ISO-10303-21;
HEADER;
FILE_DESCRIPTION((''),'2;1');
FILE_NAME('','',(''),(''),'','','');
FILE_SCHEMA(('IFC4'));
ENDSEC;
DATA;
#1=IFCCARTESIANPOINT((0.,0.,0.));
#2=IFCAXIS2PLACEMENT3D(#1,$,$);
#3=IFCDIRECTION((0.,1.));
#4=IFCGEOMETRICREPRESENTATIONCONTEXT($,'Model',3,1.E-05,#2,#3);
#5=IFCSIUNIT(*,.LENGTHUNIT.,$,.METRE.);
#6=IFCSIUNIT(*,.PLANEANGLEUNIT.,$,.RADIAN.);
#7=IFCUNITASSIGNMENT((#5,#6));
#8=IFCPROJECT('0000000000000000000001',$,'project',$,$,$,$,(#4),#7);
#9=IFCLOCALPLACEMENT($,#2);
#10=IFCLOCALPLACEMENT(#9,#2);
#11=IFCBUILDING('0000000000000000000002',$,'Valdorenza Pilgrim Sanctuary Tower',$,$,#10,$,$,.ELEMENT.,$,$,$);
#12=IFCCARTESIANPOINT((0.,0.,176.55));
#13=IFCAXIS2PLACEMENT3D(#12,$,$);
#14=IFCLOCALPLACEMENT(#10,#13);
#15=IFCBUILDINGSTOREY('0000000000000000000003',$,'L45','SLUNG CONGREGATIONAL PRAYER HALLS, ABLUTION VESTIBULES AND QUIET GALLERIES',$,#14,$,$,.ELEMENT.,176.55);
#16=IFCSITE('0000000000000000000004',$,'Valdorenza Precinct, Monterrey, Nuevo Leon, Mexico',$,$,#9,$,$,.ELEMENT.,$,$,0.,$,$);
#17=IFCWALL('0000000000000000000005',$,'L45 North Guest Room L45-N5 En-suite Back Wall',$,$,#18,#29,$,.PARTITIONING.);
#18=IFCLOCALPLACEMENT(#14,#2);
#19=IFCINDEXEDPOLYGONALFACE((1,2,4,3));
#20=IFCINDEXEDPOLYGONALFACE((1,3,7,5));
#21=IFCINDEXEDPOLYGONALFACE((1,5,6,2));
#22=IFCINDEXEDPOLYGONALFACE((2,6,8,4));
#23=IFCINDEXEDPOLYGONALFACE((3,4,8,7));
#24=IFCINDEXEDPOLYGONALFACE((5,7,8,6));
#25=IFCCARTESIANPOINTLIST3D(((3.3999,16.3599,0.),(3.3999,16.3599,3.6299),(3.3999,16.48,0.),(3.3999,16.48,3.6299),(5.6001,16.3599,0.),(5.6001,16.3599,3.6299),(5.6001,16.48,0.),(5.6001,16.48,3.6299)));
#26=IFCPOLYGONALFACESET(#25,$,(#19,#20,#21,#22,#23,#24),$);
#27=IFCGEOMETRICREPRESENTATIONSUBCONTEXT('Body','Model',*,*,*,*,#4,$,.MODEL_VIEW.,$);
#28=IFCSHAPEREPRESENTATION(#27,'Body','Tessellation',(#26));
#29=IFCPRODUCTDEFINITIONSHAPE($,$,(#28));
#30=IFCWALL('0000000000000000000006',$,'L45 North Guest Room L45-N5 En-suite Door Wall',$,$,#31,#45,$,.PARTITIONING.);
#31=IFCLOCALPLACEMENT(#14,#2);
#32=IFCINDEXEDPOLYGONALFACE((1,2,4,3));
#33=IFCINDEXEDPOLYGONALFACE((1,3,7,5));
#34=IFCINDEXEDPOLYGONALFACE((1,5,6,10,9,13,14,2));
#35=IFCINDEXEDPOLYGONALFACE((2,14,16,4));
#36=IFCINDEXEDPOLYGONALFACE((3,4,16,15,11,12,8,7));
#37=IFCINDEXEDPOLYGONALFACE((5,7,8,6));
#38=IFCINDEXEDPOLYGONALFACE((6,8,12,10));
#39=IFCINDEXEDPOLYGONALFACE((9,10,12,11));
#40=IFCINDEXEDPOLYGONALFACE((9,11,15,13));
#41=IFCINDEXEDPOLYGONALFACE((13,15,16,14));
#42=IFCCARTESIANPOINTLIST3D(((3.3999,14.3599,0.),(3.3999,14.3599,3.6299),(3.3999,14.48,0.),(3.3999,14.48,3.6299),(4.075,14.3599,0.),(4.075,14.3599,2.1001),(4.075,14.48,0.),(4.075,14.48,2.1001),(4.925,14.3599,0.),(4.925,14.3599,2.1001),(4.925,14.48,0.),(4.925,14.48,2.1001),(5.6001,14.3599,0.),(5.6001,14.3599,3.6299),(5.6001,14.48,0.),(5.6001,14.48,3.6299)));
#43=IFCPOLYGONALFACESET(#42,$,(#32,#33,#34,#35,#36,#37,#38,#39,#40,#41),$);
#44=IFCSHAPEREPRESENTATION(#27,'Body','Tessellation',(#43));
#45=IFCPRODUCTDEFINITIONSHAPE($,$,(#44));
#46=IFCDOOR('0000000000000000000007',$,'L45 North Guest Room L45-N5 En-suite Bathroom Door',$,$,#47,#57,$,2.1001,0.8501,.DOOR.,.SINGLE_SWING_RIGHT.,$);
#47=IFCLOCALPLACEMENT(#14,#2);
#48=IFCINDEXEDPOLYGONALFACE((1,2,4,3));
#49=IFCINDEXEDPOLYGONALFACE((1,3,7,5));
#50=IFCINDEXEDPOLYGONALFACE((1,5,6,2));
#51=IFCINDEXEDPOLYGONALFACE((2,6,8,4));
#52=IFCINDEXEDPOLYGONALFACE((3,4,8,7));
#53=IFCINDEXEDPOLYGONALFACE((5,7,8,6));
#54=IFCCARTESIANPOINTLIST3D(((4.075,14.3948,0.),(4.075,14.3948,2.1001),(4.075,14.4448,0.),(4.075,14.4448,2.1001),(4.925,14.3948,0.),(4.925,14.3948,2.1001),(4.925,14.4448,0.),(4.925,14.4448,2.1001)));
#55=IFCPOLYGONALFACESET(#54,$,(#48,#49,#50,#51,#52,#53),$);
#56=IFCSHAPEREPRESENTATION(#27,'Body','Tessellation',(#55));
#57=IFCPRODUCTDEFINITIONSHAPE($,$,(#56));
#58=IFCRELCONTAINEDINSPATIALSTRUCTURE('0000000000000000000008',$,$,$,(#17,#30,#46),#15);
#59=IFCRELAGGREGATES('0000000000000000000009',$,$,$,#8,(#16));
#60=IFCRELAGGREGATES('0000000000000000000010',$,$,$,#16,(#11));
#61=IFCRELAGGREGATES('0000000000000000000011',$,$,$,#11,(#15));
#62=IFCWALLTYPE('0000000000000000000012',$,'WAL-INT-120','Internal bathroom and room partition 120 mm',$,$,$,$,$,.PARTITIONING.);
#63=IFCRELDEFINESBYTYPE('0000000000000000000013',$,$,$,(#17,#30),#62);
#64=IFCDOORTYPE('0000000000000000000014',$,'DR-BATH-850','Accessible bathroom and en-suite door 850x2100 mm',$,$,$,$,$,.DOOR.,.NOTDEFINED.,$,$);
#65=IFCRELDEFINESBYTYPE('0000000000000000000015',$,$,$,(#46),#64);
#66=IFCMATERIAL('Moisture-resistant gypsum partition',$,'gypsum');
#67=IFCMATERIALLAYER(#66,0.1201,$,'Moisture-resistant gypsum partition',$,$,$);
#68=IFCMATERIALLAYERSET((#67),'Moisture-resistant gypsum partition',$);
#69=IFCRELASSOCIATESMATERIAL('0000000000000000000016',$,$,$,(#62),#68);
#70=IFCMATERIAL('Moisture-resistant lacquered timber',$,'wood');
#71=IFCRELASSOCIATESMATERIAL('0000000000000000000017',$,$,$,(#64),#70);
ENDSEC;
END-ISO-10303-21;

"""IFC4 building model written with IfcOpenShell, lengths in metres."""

from ifc_helpers import new_model, si_unit, direction, frame, frame_2d, origin, place, context, subcontext, project, spatial, rectangle, extrude, material, layer, layer_set, type_object, element, fill, save


model = new_model("IFC4")

# Units and contexts
model_context = context("Model", 3, precision=1e-05, world=origin(), true_north=direction((0.0, 1.0)))
body_context = subcontext(model_context, "Body", "Model", "MODEL_VIEW")
ifc_project = project(units=[si_unit("LENGTHUNIT", "METRE"), si_unit("PLANEANGLEUNIT", "RADIAN")], contexts=[model_context])

# Site, building, storey
site_placement = place(None, origin())
site = spatial("IfcSite", under=ifc_project, at=site_placement, Name="Valdorenza Precinct, Monterrey, Nuevo Leon, Mexico", CompositionType="ELEMENT", RefElevation=0.0)
building_placement = place(site_placement, origin())
building = spatial("IfcBuilding", under=site, at=building_placement, Name="Valdorenza Pilgrim Sanctuary Tower", CompositionType="ELEMENT")
storey_placement = place(building_placement, frame((0.0, 0.0, 176.55)))
storey = spatial("IfcBuildingStorey", under=building, at=storey_placement, Name="L45", Description="SLUNG CONGREGATIONAL PRAYER HALLS, ABLUTION VESTIBULES AND QUIET GALLERIES", CompositionType="ELEMENT", Elevation=176.55)

# Wall
ifc_material_1 = material(Name="Moisture-resistant gypsum partition", Category="gypsum")
ifc_layer_1 = layer(ifc_material_1, 0.1201, Name="Moisture-resistant gypsum partition")
ifc_layer_set_1 = layer_set([ifc_layer_1], Name="Moisture-resistant gypsum partition")
wall_type_1 = type_object("IfcWallType", Name="WAL-INT-120", Description="Internal bathroom and room partition 120 mm", PredefinedType="PARTITIONING", material=ifc_layer_set_1)
wall_1_placement = place(storey_placement, frame((3.3999, 16.4199, 0.0), z_axis=(0.0, 0.0, 1.0), x_axis=(1.0, 0.0, 0.0)))
element("IfcWall", 1, at=wall_1_placement, inside=storey, type_object=wall_type_1, Name="L45 North Guest Room L45-N5 En-suite Back Wall", PredefinedType="PARTITIONING", context=body_context, shape_type="SweptSolid", body=[
    extrude(rectangle(XDim=2.2002, YDim=0.1201, at=frame_2d((1.1001, 0.0))), origin(), (0.0, 0.0, 1.0), 3.6299),
])

# Wall, opening, door
wall_2_placement = place(storey_placement, frame((3.3999, 14.4199, 0.0), z_axis=(0.0, 0.0, 1.0), x_axis=(1.0, 0.0, 0.0)))
wall_2 = element("IfcWall", 2, at=wall_2_placement, inside=storey, type_object=wall_type_1, Name="L45 North Guest Room L45-N5 En-suite Door Wall", PredefinedType="PARTITIONING", context=body_context, shape_type="SweptSolid", body=[
    extrude(rectangle(XDim=2.2002, YDim=0.1201, at=frame_2d((1.1001, 0.0))), origin(), (0.0, 0.0, 1.0), 3.6299),
])
opening_1_placement = place(wall_2_placement, frame((0.675, 0.0, 0.0)))
opening_1 = element("IfcOpeningElement", 3, at=opening_1_placement, cuts=wall_2, PredefinedType="OPENING", context=body_context, shape_type="SweptSolid", body=[
    extrude(rectangle(XDim=0.8501, YDim=2.1001, at=frame_2d((0.425, 1.05))), frame((0.0, 0.075, 0.0), z_axis=(0.0, -1.0, 0.0), x_axis=(1.0, 0.0, 0.0)), (0.0, 0.0, 1.0), 0.1499),
])
ifc_material_2 = material(Name="Moisture-resistant lacquered timber", Category="wood")
door_type_1 = type_object("IfcDoorType", Name="DR-BATH-850", Description="Accessible bathroom and en-suite door 850x2100 mm", OperationType="NOTDEFINED", PredefinedType="DOOR", material=ifc_material_2)
door_1_placement = place(opening_1_placement, origin())
door_1 = element("IfcDoor", 4, at=door_1_placement, inside=storey, type_object=door_type_1, Name="L45 North Guest Room L45-N5 En-suite Bathroom Door", OperationType="SINGLE_SWING_RIGHT", OverallHeight=2.1001, OverallWidth=0.8501, PredefinedType="DOOR", context=body_context, shape_type="SweptSolid", body=[
    extrude(rectangle(XDim=0.8501, YDim=2.1001, at=frame_2d((0.425, 1.05))), frame((0.0, 0.0249, 0.0), z_axis=(0.0, -1.0, 0.0), x_axis=(1.0, 0.0, 0.0)), (0.0, 0.0, 1.0), 0.05),
])
fill(opening_1, door_1)

save(model, "model.ifc")
